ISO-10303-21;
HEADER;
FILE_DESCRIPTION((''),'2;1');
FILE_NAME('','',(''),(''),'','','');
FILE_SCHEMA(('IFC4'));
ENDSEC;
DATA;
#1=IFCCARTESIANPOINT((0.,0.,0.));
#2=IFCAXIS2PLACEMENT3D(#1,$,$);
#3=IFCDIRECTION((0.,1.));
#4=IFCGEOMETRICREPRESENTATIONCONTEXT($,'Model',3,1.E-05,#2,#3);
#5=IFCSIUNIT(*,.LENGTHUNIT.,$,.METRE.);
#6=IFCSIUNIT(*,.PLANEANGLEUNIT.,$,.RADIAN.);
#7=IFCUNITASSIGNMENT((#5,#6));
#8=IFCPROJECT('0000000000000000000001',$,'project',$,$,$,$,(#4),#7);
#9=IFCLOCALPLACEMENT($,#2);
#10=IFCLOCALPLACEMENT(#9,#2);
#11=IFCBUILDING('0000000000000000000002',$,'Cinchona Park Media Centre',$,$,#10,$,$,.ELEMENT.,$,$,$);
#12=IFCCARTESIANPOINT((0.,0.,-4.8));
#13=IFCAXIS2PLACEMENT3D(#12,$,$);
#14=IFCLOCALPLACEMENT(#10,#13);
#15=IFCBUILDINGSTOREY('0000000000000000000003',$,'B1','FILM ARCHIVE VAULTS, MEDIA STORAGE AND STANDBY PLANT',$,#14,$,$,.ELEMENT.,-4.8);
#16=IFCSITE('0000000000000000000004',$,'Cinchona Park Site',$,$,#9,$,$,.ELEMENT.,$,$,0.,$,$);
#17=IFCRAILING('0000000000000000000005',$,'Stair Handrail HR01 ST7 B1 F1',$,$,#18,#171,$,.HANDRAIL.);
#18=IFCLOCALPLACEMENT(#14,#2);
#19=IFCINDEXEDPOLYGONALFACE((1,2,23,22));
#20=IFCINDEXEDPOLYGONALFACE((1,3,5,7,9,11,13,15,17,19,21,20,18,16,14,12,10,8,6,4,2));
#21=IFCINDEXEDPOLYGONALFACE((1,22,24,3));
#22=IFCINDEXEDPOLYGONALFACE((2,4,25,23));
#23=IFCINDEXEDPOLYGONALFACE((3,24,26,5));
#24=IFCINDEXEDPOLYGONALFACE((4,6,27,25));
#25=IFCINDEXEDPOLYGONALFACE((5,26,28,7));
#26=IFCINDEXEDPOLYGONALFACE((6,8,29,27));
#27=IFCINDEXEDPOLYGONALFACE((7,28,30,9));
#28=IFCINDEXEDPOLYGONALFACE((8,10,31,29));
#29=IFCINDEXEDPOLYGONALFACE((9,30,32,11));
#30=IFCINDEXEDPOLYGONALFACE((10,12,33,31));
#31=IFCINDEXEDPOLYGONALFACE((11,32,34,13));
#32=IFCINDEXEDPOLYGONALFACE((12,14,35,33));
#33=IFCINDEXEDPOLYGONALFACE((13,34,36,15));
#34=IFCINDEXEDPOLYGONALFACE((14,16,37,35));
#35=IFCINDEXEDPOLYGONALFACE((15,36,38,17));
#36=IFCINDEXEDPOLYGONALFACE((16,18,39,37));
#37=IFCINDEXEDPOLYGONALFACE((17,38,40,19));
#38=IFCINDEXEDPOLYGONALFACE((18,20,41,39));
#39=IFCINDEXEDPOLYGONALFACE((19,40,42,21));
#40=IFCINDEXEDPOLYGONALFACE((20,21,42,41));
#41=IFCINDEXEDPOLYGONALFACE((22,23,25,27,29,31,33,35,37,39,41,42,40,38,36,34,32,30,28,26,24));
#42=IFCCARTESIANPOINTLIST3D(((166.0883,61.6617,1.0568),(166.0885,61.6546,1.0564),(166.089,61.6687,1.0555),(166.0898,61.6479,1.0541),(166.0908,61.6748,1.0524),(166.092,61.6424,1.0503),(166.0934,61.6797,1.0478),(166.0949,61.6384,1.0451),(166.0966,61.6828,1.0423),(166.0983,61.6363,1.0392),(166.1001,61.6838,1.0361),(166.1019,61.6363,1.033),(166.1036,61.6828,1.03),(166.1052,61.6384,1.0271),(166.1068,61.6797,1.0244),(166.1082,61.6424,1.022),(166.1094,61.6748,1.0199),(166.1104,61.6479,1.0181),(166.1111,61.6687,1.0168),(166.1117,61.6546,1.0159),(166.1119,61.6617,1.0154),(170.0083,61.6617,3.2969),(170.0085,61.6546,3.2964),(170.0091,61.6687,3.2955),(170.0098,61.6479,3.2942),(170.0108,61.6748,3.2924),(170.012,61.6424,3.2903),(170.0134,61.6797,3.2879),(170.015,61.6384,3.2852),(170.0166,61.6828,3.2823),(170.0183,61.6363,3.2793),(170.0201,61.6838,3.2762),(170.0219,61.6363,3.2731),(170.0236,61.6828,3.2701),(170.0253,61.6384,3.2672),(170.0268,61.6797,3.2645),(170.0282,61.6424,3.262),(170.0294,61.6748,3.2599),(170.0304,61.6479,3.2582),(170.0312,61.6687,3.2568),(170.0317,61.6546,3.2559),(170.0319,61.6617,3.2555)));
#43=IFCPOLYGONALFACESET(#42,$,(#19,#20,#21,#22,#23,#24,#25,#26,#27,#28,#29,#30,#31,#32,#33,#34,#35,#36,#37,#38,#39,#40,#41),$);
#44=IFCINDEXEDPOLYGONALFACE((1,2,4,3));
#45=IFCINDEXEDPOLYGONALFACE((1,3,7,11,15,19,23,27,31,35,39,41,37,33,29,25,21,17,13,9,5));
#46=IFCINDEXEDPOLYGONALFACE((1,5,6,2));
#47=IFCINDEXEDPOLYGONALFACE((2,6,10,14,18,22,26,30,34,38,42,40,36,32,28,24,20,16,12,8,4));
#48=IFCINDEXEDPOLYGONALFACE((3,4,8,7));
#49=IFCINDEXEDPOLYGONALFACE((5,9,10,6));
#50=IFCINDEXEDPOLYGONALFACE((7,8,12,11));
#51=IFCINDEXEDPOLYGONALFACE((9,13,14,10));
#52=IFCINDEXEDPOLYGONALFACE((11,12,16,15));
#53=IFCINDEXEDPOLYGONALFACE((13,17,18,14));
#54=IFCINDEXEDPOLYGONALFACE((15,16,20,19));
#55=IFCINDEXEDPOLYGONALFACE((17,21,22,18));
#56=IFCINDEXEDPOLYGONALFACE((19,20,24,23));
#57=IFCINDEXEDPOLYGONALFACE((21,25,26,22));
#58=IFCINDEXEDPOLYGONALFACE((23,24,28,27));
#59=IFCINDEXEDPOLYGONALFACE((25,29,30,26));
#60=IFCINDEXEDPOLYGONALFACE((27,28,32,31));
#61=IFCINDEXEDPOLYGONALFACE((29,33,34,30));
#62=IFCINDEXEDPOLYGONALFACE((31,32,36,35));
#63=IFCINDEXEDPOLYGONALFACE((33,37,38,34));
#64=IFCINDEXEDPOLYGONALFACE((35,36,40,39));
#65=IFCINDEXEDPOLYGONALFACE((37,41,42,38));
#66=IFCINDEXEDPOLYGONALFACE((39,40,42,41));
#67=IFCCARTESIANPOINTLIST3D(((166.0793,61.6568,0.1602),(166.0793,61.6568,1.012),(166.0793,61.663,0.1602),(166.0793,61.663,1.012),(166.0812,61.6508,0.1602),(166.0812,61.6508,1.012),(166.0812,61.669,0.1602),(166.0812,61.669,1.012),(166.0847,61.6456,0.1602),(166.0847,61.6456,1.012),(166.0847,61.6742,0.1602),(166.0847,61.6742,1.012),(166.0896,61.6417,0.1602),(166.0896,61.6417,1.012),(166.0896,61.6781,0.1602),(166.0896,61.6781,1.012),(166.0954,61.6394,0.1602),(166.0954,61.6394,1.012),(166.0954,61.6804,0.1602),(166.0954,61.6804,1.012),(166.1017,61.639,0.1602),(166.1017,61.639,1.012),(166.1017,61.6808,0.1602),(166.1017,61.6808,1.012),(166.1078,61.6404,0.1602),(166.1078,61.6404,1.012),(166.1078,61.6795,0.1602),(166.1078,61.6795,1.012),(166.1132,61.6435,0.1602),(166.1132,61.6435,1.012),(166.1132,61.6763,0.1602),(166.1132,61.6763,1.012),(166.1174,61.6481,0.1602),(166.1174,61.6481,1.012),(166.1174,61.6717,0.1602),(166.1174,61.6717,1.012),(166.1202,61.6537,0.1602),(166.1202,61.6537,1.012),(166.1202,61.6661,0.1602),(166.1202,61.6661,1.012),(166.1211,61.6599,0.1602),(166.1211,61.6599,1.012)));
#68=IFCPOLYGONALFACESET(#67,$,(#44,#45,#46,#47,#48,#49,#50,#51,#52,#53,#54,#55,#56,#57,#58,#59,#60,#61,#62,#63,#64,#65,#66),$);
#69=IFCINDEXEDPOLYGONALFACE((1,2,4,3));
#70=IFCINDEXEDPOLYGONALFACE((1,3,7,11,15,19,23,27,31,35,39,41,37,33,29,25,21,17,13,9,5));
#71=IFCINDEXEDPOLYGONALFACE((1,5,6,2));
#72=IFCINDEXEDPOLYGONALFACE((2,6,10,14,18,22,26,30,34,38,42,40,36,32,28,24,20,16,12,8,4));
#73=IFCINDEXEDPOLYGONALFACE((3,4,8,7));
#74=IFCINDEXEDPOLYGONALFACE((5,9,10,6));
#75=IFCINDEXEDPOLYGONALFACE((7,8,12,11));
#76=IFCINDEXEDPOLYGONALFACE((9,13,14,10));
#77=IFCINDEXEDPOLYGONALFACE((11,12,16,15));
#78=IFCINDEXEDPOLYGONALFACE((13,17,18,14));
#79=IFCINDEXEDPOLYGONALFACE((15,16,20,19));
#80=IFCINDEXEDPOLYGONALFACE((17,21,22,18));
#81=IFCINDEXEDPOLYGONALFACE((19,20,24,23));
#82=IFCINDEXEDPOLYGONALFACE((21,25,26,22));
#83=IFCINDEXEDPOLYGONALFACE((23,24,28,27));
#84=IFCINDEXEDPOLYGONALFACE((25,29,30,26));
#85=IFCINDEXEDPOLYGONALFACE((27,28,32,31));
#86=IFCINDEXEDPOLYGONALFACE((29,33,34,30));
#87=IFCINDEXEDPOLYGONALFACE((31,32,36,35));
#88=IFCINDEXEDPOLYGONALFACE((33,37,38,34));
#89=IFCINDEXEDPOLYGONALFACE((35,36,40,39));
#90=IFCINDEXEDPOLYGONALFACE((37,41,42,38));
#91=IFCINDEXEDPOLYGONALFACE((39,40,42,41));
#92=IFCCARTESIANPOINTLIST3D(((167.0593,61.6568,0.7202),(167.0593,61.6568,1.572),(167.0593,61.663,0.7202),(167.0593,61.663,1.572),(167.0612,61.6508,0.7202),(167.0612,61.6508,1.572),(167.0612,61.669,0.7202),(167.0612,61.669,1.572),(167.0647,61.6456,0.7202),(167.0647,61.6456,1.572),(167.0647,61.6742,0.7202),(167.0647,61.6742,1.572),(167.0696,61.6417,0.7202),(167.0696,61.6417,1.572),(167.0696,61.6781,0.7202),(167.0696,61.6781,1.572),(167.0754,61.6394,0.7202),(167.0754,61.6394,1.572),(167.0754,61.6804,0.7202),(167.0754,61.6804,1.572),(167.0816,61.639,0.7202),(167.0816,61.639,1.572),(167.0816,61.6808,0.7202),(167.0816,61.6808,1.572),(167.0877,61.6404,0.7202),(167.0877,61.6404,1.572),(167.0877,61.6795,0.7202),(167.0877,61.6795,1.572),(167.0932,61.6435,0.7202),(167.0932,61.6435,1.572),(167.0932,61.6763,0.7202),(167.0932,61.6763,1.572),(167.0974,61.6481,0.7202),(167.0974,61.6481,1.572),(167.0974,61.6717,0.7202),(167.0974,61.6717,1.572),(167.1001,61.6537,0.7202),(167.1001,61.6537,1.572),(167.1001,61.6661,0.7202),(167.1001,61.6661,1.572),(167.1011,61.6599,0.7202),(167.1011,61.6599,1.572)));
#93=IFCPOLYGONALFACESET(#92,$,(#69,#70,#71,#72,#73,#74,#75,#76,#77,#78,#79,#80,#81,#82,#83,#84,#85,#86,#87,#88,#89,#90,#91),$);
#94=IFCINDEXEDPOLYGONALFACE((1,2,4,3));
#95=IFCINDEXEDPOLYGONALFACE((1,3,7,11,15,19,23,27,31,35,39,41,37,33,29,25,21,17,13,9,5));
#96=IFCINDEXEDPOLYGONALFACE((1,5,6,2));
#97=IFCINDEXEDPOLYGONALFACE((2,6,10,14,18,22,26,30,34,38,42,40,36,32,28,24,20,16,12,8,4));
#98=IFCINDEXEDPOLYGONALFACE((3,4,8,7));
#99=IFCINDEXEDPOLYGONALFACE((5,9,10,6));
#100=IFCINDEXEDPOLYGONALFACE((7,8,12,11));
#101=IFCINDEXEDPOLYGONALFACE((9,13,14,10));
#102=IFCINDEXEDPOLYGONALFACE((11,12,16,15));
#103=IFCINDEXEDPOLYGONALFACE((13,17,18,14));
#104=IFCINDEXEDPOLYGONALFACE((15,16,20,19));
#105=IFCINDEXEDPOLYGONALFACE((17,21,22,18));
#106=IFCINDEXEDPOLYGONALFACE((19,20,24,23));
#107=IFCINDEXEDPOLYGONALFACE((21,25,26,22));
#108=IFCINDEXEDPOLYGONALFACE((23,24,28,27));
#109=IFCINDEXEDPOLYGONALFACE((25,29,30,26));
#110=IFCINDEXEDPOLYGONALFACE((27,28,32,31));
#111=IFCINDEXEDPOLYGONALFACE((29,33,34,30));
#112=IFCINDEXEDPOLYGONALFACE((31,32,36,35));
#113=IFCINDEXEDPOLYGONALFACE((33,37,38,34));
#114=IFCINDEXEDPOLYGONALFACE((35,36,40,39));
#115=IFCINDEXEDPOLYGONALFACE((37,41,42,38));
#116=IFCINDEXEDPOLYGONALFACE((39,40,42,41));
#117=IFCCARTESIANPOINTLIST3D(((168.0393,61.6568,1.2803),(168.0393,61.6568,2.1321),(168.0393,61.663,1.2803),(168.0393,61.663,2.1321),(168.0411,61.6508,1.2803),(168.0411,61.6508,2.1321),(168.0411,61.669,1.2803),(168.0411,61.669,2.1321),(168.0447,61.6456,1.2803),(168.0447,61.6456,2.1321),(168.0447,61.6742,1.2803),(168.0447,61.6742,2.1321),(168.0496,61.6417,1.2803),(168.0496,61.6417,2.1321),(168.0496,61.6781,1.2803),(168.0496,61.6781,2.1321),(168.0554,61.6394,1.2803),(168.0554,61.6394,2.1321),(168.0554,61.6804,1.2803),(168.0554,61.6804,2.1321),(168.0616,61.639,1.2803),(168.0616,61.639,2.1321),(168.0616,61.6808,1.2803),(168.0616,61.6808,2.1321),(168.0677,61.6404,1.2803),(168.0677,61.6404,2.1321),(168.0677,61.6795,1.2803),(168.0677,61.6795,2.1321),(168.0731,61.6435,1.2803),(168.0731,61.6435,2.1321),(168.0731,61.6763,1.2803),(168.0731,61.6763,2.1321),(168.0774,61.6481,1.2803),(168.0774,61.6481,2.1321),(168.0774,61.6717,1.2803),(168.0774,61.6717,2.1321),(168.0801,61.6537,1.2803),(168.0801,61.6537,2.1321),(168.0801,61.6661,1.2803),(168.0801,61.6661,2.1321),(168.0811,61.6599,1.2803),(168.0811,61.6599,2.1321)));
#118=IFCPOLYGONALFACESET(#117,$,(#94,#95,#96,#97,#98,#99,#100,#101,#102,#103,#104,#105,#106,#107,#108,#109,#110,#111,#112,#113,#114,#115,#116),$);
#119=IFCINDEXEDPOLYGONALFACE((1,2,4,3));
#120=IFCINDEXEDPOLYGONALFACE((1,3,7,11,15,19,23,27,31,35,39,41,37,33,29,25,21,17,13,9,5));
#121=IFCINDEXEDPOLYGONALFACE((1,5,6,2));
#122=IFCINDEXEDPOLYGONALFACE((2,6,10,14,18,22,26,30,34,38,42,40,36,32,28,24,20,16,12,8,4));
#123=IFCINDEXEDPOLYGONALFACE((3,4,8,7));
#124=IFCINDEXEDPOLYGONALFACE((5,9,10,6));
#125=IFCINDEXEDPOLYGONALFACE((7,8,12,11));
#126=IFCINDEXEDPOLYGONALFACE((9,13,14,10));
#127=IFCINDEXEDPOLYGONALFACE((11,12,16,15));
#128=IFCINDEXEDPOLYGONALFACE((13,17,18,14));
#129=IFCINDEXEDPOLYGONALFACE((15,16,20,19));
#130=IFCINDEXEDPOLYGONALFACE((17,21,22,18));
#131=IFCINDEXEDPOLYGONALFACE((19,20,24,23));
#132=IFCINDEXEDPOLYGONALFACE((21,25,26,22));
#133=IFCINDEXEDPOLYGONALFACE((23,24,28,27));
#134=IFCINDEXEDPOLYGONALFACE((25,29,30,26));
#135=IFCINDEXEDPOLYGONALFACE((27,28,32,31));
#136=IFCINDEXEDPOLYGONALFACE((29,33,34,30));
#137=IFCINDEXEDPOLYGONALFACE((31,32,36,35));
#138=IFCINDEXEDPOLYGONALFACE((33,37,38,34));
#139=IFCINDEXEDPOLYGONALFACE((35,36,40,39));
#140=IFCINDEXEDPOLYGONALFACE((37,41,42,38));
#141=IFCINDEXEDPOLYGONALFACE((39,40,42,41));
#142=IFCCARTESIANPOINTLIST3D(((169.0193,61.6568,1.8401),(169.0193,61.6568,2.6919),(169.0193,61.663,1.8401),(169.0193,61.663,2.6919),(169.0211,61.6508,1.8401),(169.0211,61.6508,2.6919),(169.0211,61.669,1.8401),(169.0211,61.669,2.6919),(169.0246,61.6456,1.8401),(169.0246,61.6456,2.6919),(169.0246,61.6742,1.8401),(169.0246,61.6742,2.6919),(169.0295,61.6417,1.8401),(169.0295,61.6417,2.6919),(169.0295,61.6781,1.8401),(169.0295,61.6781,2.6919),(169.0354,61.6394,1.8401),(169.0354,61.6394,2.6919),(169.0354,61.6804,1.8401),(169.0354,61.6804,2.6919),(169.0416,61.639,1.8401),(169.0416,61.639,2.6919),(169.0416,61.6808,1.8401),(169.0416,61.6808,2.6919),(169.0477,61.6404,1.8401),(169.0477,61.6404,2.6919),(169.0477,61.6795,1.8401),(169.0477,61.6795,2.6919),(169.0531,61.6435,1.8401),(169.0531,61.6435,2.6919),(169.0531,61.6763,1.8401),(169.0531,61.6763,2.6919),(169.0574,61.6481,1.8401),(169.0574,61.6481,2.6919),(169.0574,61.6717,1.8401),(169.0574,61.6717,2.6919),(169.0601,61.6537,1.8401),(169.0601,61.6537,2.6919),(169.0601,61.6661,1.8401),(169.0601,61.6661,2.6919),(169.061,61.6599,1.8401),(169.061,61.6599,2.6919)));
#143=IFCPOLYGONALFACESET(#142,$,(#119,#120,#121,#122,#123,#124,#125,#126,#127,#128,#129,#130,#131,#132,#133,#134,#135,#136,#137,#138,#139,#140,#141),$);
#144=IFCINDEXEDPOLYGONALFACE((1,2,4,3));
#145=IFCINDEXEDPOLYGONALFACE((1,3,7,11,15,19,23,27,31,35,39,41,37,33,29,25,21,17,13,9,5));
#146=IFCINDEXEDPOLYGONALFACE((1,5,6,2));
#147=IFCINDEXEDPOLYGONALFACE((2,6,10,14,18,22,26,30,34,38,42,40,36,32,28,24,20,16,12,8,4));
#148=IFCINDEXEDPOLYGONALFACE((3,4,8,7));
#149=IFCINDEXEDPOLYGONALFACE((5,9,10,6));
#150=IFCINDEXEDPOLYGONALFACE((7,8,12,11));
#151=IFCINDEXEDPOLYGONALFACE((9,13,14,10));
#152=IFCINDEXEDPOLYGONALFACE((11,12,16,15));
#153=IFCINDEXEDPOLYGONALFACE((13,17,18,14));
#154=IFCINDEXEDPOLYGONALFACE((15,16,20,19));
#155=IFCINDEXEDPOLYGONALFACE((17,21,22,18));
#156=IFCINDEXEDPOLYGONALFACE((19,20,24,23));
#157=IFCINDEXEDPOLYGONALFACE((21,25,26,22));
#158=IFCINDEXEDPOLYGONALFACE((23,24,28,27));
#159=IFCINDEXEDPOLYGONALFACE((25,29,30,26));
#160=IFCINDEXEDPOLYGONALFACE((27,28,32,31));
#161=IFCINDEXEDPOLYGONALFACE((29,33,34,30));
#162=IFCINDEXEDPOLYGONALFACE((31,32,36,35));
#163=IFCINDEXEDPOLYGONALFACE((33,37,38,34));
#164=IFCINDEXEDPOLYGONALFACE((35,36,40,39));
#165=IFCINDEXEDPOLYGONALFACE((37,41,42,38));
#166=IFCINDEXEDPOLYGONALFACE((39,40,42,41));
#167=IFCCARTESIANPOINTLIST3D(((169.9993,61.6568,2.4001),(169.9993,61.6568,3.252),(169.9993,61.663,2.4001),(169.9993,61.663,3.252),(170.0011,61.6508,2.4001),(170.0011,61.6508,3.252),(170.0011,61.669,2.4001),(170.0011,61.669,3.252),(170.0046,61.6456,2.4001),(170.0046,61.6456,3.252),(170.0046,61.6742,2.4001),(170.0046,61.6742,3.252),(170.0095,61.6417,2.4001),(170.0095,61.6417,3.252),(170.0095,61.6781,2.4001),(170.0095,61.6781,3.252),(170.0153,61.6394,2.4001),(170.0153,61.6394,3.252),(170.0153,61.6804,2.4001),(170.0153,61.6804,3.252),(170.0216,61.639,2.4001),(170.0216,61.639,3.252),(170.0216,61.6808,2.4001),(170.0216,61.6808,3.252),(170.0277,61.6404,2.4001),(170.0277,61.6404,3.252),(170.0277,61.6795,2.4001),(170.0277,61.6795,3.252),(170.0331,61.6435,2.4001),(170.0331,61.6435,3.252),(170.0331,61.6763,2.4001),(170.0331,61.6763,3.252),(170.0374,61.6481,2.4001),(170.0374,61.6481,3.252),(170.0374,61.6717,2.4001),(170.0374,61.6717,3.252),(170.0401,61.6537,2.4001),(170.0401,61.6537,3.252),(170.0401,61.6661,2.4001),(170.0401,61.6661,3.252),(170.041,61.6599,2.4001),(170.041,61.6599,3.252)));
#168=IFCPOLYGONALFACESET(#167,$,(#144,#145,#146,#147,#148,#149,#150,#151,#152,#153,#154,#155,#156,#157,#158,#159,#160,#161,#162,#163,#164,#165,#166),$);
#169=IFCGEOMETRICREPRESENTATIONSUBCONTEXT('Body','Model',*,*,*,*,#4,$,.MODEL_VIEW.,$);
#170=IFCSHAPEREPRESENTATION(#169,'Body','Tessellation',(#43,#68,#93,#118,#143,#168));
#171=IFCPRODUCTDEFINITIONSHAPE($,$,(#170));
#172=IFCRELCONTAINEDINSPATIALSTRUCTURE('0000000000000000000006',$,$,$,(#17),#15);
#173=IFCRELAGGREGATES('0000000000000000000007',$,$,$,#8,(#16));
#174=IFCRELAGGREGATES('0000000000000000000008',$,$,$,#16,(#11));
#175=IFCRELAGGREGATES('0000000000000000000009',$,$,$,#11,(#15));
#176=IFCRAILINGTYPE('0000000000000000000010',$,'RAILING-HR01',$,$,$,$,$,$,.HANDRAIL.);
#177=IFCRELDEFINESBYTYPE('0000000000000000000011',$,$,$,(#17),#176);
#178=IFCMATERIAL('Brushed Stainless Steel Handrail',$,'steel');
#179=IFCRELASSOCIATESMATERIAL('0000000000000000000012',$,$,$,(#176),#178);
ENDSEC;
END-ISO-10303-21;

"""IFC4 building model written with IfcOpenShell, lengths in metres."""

from ifc_helpers import new_model, si_unit, direction, frame, origin, origin_2d, place, context, subcontext, project, spatial, circle, extrude, material, type_object, element, save


model = new_model("IFC4")

# Units and contexts
model_context = context("Model", 3, precision=1e-05, world=origin(), true_north=direction((0.0, 1.0)))
body_context = subcontext(model_context, "Body", "Model", "MODEL_VIEW")
ifc_project = project(units=[si_unit("LENGTHUNIT", "METRE"), si_unit("PLANEANGLEUNIT", "RADIAN")], contexts=[model_context])

# Site, building, storey
site_placement = place(None, origin())
site = spatial("IfcSite", under=ifc_project, at=site_placement, Name="Cinchona Park Site", CompositionType="ELEMENT", RefElevation=0.0)
building_placement = place(site_placement, origin())
building = spatial("IfcBuilding", under=site, at=building_placement, Name="Cinchona Park Media Centre", CompositionType="ELEMENT")
storey_placement = place(building_placement, frame((0.0, 0.0, -4.8)))
storey = spatial("IfcBuildingStorey", under=building, at=storey_placement, Name="B1", Description="FILM ARCHIVE VAULTS, MEDIA STORAGE AND STANDBY PLANT", CompositionType="ELEMENT", Elevation=-4.8)

# Railing
ifc_material_1 = material(Name="Brushed Stainless Steel Handrail", Category="steel")
railing_type_1 = type_object("IfcRailingType", Name="RAILING-HR01", PredefinedType="HANDRAIL", material=ifc_material_1)
railing_1_placement = place(storey_placement, frame((166.1001, 61.6599, 0.1602)))
element("IfcRailing", 1, at=railing_1_placement, inside=storey, type_object=railing_type_1, Name="Stair Handrail HR01 ST7 B1 F1", PredefinedType="HANDRAIL", context=body_context, shape_type="SweptSolid", body=[
    extrude(circle(Radius=0.0239, at=origin_2d()), frame((0.0, 0.0, 0.876), z_axis=(0.86824, 0.0, 0.496145), x_axis=(0.0, 1.0, 0.0)), (0.0, 0.0, 1.0), 4.5149),
    extrude(circle(Radius=0.021, at=origin_2d()), origin(), (0.0, 0.0, 1.0), 0.8518),
    extrude(circle(Radius=0.021, at=origin_2d()), frame((0.98, 0.0, 0.5601)), (0.0, 0.0, 1.0), 0.8518),
    extrude(circle(Radius=0.021, at=origin_2d()), frame((1.96, 0.0, 1.1201)), (0.0, 0.0, 1.0), 0.8518),
    extrude(circle(Radius=0.021, at=origin_2d()), frame((2.9399, 0.0, 1.6799)), (0.0, 0.0, 1.0), 0.8518),
    extrude(circle(Radius=0.021, at=origin_2d()), frame((3.9199, 0.0, 2.24)), (0.0, 0.0, 1.0), 0.8518),
])

save(model, "model.ifc")
